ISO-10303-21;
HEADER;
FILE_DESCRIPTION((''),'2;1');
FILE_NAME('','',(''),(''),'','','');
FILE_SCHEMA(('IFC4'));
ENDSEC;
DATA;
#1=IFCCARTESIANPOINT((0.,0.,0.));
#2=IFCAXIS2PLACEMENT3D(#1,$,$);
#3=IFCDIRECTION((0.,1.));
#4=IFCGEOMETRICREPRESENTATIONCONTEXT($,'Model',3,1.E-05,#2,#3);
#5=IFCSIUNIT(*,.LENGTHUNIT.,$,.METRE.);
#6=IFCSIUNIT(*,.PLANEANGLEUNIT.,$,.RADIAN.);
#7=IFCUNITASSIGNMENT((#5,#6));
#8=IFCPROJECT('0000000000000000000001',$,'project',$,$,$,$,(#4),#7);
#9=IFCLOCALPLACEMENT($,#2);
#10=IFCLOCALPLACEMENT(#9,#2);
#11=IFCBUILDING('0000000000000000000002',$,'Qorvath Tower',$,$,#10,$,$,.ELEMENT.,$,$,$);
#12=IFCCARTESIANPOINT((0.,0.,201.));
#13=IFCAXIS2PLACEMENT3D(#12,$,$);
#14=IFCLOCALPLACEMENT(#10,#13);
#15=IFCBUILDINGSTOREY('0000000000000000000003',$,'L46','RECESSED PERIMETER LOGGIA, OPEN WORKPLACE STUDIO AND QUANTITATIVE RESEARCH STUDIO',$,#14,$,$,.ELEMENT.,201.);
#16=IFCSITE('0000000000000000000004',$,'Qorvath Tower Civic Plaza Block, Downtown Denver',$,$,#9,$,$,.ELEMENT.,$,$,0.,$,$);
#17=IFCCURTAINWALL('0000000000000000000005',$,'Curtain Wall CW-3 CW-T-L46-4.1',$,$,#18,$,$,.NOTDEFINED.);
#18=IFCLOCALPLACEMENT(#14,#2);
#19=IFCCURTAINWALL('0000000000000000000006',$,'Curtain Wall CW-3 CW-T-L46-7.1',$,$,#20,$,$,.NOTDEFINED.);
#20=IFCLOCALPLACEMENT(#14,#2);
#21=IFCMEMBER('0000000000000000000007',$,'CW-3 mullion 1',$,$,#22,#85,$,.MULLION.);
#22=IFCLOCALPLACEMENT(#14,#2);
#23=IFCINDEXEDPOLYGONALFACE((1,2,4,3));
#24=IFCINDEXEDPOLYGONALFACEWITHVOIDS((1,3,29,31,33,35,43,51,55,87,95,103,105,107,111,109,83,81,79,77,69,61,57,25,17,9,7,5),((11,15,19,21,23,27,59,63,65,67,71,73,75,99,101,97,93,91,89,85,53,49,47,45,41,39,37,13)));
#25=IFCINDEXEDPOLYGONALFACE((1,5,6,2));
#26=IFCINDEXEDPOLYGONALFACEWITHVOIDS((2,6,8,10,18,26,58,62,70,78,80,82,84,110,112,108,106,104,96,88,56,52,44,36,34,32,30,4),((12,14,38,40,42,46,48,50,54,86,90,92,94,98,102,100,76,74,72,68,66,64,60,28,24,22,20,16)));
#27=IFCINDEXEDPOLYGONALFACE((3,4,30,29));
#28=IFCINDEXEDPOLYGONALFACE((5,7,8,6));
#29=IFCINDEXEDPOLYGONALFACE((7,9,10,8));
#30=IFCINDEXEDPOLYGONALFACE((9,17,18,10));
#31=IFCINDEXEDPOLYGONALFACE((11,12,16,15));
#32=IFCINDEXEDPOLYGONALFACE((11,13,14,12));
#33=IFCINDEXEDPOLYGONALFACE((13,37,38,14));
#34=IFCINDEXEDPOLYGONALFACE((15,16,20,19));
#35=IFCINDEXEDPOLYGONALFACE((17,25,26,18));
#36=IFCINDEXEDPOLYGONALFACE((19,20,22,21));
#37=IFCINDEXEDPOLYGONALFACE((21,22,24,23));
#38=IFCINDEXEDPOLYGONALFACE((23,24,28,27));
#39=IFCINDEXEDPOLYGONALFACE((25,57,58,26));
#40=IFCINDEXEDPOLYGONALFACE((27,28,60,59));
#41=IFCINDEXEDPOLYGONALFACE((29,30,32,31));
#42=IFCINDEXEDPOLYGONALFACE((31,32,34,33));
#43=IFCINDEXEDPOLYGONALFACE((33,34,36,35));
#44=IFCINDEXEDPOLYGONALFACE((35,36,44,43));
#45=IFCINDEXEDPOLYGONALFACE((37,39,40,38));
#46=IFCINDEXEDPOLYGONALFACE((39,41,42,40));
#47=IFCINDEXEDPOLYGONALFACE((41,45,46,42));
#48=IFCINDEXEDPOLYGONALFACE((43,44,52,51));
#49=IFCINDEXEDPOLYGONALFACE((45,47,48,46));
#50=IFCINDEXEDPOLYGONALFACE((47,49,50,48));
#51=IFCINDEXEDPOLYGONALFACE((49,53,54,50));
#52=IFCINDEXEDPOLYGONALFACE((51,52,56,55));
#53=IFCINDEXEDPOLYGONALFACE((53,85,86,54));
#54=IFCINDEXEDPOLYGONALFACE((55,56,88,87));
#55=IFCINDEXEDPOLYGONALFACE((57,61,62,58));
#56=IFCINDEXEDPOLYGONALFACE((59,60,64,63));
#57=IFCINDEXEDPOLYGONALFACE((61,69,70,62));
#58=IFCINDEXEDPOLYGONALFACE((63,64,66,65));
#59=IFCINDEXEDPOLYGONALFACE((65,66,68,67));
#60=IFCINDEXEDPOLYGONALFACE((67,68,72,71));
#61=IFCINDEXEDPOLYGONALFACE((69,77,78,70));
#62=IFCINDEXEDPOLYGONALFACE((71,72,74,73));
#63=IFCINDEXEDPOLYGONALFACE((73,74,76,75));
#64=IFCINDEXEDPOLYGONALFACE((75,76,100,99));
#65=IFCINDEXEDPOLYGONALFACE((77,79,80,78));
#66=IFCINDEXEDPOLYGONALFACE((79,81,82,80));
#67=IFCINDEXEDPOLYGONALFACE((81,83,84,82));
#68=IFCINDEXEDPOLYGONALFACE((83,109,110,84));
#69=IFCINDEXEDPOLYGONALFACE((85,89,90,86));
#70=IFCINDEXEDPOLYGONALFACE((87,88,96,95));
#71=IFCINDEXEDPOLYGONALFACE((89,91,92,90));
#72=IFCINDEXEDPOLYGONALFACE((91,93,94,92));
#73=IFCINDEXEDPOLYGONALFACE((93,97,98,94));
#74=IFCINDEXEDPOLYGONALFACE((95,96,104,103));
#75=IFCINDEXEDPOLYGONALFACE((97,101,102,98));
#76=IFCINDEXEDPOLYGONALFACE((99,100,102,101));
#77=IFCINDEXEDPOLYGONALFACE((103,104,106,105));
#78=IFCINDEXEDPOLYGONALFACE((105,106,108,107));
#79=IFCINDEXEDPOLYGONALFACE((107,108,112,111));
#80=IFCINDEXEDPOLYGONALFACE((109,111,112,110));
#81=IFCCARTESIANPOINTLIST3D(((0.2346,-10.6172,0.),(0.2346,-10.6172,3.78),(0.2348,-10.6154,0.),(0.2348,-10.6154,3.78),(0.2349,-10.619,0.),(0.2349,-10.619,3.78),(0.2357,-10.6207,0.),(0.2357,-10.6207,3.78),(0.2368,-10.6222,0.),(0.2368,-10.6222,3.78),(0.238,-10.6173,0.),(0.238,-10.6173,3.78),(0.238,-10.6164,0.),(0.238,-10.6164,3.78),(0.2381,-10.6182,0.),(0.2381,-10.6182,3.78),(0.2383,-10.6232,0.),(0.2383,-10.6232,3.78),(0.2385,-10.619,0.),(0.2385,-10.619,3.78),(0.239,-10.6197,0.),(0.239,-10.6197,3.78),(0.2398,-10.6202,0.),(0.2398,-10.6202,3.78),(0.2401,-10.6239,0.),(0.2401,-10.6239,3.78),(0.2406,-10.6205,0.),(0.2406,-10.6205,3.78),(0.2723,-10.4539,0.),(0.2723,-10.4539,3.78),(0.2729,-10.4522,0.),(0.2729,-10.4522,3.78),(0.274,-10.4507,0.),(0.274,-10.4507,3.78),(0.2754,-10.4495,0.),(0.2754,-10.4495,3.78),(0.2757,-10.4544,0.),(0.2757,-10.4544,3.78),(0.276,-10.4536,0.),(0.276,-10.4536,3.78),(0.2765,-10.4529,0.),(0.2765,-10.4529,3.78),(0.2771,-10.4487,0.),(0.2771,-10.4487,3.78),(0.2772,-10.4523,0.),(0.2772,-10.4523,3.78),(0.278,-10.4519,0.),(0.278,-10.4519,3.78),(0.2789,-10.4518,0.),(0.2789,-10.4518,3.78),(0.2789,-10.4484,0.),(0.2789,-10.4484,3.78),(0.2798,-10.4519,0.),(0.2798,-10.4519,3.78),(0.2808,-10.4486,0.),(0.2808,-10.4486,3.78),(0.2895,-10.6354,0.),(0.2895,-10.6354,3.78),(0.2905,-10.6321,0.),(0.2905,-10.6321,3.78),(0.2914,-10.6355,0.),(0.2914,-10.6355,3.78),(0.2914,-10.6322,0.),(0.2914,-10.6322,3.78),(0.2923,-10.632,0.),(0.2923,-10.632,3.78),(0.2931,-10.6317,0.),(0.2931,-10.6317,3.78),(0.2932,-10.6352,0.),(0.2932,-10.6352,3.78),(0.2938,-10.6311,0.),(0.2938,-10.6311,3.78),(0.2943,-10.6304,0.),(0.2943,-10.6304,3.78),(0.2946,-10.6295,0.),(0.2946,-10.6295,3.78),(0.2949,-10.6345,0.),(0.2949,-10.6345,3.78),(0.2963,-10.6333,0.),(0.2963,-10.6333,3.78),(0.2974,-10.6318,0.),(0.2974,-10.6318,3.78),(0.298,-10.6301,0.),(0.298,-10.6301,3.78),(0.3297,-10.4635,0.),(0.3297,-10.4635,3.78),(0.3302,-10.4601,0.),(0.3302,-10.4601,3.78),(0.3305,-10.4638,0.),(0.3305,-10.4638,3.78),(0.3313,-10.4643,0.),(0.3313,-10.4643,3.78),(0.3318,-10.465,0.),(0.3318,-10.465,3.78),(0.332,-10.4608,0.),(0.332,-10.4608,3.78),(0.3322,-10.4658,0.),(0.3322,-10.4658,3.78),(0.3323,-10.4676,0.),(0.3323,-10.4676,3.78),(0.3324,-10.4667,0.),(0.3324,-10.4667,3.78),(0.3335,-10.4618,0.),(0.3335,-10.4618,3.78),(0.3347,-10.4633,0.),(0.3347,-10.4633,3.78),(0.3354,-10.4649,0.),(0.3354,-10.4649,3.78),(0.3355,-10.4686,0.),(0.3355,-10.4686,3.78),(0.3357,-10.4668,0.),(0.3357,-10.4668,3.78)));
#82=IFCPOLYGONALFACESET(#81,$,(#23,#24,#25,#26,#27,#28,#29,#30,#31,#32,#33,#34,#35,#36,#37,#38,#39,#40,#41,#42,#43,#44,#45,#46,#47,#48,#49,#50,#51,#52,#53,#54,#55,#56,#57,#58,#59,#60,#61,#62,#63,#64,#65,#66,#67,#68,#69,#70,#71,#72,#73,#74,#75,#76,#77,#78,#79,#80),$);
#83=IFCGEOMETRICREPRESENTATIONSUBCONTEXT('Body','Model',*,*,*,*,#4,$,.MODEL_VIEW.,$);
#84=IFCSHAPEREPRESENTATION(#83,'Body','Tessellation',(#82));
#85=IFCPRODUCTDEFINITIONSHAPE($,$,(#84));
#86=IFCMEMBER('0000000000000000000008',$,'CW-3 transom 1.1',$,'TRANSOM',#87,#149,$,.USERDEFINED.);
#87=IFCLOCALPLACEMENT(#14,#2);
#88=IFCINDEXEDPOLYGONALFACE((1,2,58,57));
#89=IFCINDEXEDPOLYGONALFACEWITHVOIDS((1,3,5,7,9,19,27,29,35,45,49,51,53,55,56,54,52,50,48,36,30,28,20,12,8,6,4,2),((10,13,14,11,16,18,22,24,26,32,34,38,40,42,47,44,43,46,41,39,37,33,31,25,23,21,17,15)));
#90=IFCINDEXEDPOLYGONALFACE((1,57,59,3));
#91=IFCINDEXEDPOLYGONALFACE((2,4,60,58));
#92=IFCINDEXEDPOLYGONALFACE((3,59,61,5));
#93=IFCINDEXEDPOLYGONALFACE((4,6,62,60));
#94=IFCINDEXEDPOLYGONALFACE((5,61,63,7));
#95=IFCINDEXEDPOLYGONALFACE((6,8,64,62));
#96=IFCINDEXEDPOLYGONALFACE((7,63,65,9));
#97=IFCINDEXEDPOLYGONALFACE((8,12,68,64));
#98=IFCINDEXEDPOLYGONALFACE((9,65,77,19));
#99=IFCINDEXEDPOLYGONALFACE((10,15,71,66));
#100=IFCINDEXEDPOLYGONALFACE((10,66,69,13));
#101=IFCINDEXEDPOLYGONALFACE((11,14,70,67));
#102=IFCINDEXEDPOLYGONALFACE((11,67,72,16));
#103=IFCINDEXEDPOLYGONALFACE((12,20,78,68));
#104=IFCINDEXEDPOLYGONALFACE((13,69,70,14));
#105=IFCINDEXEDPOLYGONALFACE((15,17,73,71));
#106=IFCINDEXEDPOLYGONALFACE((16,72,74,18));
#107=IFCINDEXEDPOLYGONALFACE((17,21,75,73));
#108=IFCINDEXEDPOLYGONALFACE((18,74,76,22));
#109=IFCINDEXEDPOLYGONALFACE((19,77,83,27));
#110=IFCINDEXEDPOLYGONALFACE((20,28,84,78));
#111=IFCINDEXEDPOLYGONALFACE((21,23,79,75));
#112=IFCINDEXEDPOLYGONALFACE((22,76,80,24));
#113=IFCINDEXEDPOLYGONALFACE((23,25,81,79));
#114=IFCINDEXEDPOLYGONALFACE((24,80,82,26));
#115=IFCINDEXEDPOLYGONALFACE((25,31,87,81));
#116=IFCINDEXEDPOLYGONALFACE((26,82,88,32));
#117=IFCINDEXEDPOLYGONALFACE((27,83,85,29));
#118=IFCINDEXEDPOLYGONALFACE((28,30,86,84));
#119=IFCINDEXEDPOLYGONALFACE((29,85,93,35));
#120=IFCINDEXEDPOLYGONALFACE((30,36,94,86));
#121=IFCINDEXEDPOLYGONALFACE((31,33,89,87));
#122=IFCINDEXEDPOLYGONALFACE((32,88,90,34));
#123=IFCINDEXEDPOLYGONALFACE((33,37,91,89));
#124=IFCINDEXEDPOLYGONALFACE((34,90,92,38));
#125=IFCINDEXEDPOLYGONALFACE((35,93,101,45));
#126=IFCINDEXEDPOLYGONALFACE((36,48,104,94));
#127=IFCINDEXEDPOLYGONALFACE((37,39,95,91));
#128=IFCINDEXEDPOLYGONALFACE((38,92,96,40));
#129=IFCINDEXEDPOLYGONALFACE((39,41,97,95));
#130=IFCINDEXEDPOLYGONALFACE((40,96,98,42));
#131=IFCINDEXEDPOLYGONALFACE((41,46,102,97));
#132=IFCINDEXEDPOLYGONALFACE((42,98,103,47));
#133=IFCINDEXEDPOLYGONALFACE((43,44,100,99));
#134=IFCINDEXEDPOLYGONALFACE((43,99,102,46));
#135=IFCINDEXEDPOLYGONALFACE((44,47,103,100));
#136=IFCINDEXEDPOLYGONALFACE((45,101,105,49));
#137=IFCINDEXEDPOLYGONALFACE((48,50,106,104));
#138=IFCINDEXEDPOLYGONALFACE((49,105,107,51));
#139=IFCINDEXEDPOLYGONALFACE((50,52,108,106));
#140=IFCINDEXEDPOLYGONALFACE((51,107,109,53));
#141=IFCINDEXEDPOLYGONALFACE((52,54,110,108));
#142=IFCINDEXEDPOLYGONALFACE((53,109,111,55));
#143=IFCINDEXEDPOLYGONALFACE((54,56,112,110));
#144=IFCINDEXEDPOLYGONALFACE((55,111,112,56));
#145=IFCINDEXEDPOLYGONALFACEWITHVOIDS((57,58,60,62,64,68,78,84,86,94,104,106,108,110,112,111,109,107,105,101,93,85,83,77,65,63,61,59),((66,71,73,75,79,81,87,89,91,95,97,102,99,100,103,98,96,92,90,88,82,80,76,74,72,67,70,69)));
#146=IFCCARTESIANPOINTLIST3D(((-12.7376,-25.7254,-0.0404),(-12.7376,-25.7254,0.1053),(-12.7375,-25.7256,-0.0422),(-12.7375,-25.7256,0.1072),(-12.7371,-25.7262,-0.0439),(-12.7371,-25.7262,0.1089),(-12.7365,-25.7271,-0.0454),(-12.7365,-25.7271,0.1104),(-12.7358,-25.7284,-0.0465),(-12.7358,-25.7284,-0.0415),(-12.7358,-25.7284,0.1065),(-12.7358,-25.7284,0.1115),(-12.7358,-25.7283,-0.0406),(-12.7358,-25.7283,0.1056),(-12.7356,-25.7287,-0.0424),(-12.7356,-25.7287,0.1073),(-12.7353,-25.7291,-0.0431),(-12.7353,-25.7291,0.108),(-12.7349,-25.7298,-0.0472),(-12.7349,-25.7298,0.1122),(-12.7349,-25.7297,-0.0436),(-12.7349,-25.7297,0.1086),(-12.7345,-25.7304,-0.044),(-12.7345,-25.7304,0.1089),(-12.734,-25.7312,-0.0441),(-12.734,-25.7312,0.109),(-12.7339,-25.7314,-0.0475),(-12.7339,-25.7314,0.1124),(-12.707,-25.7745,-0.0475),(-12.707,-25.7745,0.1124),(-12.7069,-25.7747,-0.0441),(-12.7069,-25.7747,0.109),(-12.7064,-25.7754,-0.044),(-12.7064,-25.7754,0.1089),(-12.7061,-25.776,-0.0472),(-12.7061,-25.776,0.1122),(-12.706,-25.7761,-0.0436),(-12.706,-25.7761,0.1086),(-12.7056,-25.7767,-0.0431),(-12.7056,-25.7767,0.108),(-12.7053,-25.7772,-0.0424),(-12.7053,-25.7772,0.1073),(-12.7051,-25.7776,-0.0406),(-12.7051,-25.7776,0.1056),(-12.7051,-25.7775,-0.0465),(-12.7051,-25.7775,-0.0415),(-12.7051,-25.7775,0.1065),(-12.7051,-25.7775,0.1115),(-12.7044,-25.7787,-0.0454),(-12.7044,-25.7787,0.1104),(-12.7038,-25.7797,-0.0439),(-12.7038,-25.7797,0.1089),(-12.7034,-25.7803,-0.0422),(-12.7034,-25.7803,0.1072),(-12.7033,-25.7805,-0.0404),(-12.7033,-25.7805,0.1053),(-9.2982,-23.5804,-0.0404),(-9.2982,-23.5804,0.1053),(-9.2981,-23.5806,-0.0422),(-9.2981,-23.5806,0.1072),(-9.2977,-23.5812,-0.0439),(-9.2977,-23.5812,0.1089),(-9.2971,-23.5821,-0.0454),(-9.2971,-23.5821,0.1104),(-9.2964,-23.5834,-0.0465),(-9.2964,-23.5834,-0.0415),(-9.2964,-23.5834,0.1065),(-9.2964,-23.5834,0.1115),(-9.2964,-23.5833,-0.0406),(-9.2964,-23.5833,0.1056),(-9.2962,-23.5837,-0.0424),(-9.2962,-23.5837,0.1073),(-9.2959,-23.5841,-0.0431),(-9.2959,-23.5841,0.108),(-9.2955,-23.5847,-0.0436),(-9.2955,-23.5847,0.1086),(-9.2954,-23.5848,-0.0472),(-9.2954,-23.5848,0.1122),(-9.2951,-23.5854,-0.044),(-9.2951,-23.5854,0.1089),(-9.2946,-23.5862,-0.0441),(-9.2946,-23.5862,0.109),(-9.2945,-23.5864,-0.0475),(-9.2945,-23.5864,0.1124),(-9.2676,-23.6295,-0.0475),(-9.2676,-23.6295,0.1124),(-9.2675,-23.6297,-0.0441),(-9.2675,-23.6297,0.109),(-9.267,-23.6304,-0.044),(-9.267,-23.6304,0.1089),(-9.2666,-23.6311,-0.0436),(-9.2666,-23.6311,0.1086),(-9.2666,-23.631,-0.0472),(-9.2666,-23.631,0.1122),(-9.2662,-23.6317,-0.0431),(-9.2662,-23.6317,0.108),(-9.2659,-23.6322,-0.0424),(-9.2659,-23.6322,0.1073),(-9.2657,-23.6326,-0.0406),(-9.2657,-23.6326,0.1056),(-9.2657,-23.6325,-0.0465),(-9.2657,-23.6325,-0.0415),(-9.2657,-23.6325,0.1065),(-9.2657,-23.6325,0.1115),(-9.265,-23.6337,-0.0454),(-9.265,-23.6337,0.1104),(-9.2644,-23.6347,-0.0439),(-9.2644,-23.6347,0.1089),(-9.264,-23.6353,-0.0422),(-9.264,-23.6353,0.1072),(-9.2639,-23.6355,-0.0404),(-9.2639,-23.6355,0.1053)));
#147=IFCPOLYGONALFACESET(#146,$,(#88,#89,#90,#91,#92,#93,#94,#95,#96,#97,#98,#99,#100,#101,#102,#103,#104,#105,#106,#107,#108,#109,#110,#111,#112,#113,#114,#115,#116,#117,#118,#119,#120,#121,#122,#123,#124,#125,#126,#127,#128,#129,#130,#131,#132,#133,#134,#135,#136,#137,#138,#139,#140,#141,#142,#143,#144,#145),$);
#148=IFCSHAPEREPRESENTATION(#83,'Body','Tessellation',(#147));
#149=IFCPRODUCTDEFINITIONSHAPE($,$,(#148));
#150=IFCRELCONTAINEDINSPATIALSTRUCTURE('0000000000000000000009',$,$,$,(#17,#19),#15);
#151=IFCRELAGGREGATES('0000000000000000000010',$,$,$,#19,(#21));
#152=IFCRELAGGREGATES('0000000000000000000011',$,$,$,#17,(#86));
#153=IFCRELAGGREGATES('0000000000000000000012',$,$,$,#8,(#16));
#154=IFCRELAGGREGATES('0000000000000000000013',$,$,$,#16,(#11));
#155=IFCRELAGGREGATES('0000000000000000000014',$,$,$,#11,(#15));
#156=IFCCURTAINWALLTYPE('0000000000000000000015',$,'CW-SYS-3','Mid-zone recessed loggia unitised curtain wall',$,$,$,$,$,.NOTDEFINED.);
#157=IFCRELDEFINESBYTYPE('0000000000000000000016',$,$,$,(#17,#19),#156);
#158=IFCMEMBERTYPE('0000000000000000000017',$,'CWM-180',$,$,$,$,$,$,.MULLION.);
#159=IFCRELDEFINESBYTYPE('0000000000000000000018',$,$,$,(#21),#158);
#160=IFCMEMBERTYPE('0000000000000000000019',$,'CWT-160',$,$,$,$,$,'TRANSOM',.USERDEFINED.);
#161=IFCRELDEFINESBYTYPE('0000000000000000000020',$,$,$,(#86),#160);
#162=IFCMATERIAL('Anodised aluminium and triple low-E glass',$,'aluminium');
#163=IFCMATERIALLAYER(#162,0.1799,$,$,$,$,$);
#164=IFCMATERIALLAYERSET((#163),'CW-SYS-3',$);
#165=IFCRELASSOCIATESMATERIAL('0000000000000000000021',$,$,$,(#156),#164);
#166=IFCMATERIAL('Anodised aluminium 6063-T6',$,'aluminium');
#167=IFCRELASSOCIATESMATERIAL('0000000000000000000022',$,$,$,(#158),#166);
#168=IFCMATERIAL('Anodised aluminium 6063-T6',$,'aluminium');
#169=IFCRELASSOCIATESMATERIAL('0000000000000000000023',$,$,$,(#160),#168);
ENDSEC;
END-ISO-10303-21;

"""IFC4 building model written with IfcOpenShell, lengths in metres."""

from ifc_helpers import new_model, si_unit, direction, frame, origin, origin_2d, place, context, subcontext, project, spatial, hollow_rectangle, extrude, material, layer, layer_set, material_profile, profile_set, type_object, element, aggregate, save


model = new_model("IFC4")

# Units and contexts
model_context = context("Model", 3, precision=1e-05, world=origin(), true_north=direction((0.0, 1.0)))
body_context = subcontext(model_context, "Body", "Model", "MODEL_VIEW")
ifc_project = project(units=[si_unit("LENGTHUNIT", "METRE"), si_unit("PLANEANGLEUNIT", "RADIAN")], contexts=[model_context])

# Site, building, storey
site_placement = place(None, origin())
site = spatial("IfcSite", under=ifc_project, at=site_placement, Name="Qorvath Tower Civic Plaza Block, Downtown Denver", CompositionType="ELEMENT", RefElevation=0.0)
building_placement = place(site_placement, origin())
building = spatial("IfcBuilding", under=site, at=building_placement, Name="Qorvath Tower", CompositionType="ELEMENT")
storey_placement = place(building_placement, frame((0.0, 0.0, 201.0)))
storey = spatial("IfcBuildingStorey", under=building, at=storey_placement, Name="L46", Description="RECESSED PERIMETER LOGGIA, OPEN WORKPLACE STUDIO AND QUANTITATIVE RESEARCH STUDIO", CompositionType="ELEMENT", Elevation=201.0)

# Curtain wall
ifc_material_1 = material(Name="Anodised aluminium and triple low-E glass", Category="aluminium")
ifc_layer_1 = layer(ifc_material_1, 0.1799)
ifc_layer_set_1 = layer_set([ifc_layer_1], Name="CW-SYS-3")
curtain_wall_type = type_object("IfcCurtainWallType", Name="CW-SYS-3", Description="Mid-zone recessed loggia unitised curtain wall", PredefinedType="NOTDEFINED", material=ifc_layer_set_1)
curtain_wall_1_placement = place(storey_placement, origin())
curtain_wall_1 = element("IfcCurtainWall", 1, at=curtain_wall_1_placement, inside=storey, type_object=curtain_wall_type, Name="Curtain Wall CW-3 CW-T-L46-4.1", PredefinedType="NOTDEFINED")
ifc_material_2 = material(Name="Anodised aluminium 6063-T6", Category="aluminium")
ifc_material_profile_1 = material_profile(ifc_material_2, hollow_rectangle(XDim=0.0649, YDim=0.1799, WallThickness=0.0034, InnerFilletRadius=0.0034, OuterFilletRadius=0.0071, at=origin_2d()), Name="CWM 180x65")
ifc_profile_set_1 = profile_set([ifc_material_profile_1], Name="Anodised aluminium 6063-T6")
member_type_1 = type_object("IfcMemberType", Name="CWM-180", PredefinedType="MULLION", material=ifc_profile_set_1)

# Curtain wall, member
curtain_wall_2_placement = place(storey_placement, origin())
curtain_wall_2 = element("IfcCurtainWall", 2, at=curtain_wall_2_placement, inside=storey, type_object=curtain_wall_type, Name="Curtain Wall CW-3 CW-T-L46-7.1", PredefinedType="NOTDEFINED")
member_1_placement = place(storey_placement, frame((0.2852, -10.542, 0.0), z_axis=(0.0, 0.0, 1.0), x_axis=(-0.974064, 0.226272, 0.0)))
member_1 = element("IfcMember", 3, at=member_1_placement, type_object=member_type_1, Name="CW-3 mullion 1", PredefinedType="MULLION", context=body_context, shape_type="SweptSolid", body=[
    extrude(hollow_rectangle(XDim=0.0649, YDim=0.1799, WallThickness=0.0034, InnerFilletRadius=0.0034, OuterFilletRadius=0.0071, at=origin_2d()), origin(), (0.0, 0.0, 1.0), 3.78),
])
aggregate(curtain_wall_2, [member_1])

# Member
ifc_material_3 = material(Name="Anodised aluminium 6063-T6", Category="aluminium")
ifc_material_profile_2 = material_profile(ifc_material_3, hollow_rectangle(XDim=0.0649, YDim=0.1599, WallThickness=0.0034, InnerFilletRadius=0.0034, OuterFilletRadius=0.0071, at=origin_2d()), Name="CWT 160x65")
ifc_profile_set_2 = profile_set([ifc_material_profile_2], Name="Anodised aluminium 6063-T6")
member_type_2 = type_object("IfcMemberType", Name="CWT-160", ElementType="TRANSOM", PredefinedType="USERDEFINED", material=ifc_profile_set_2)
member_2_placement = place(storey_placement, frame((-12.7205, -25.7529, 0.0325), z_axis=(0.848512, 0.529176, 0.0), x_axis=(-0.529176, 0.848512, 0.0)))
member_2 = element("IfcMember", 4, at=member_2_placement, type_object=member_type_2, Name="CW-3 transom 1.1", ObjectType="TRANSOM", PredefinedType="USERDEFINED", context=body_context, shape_type="SweptSolid", body=[
    extrude(hollow_rectangle(XDim=0.0649, YDim=0.1599, WallThickness=0.0034, InnerFilletRadius=0.0034, OuterFilletRadius=0.0071, at=origin_2d()), origin(), (0.0, 0.0, 1.0), 4.0535),
])

aggregate(curtain_wall_1, [member_2])

save(model, "model.ifc")
